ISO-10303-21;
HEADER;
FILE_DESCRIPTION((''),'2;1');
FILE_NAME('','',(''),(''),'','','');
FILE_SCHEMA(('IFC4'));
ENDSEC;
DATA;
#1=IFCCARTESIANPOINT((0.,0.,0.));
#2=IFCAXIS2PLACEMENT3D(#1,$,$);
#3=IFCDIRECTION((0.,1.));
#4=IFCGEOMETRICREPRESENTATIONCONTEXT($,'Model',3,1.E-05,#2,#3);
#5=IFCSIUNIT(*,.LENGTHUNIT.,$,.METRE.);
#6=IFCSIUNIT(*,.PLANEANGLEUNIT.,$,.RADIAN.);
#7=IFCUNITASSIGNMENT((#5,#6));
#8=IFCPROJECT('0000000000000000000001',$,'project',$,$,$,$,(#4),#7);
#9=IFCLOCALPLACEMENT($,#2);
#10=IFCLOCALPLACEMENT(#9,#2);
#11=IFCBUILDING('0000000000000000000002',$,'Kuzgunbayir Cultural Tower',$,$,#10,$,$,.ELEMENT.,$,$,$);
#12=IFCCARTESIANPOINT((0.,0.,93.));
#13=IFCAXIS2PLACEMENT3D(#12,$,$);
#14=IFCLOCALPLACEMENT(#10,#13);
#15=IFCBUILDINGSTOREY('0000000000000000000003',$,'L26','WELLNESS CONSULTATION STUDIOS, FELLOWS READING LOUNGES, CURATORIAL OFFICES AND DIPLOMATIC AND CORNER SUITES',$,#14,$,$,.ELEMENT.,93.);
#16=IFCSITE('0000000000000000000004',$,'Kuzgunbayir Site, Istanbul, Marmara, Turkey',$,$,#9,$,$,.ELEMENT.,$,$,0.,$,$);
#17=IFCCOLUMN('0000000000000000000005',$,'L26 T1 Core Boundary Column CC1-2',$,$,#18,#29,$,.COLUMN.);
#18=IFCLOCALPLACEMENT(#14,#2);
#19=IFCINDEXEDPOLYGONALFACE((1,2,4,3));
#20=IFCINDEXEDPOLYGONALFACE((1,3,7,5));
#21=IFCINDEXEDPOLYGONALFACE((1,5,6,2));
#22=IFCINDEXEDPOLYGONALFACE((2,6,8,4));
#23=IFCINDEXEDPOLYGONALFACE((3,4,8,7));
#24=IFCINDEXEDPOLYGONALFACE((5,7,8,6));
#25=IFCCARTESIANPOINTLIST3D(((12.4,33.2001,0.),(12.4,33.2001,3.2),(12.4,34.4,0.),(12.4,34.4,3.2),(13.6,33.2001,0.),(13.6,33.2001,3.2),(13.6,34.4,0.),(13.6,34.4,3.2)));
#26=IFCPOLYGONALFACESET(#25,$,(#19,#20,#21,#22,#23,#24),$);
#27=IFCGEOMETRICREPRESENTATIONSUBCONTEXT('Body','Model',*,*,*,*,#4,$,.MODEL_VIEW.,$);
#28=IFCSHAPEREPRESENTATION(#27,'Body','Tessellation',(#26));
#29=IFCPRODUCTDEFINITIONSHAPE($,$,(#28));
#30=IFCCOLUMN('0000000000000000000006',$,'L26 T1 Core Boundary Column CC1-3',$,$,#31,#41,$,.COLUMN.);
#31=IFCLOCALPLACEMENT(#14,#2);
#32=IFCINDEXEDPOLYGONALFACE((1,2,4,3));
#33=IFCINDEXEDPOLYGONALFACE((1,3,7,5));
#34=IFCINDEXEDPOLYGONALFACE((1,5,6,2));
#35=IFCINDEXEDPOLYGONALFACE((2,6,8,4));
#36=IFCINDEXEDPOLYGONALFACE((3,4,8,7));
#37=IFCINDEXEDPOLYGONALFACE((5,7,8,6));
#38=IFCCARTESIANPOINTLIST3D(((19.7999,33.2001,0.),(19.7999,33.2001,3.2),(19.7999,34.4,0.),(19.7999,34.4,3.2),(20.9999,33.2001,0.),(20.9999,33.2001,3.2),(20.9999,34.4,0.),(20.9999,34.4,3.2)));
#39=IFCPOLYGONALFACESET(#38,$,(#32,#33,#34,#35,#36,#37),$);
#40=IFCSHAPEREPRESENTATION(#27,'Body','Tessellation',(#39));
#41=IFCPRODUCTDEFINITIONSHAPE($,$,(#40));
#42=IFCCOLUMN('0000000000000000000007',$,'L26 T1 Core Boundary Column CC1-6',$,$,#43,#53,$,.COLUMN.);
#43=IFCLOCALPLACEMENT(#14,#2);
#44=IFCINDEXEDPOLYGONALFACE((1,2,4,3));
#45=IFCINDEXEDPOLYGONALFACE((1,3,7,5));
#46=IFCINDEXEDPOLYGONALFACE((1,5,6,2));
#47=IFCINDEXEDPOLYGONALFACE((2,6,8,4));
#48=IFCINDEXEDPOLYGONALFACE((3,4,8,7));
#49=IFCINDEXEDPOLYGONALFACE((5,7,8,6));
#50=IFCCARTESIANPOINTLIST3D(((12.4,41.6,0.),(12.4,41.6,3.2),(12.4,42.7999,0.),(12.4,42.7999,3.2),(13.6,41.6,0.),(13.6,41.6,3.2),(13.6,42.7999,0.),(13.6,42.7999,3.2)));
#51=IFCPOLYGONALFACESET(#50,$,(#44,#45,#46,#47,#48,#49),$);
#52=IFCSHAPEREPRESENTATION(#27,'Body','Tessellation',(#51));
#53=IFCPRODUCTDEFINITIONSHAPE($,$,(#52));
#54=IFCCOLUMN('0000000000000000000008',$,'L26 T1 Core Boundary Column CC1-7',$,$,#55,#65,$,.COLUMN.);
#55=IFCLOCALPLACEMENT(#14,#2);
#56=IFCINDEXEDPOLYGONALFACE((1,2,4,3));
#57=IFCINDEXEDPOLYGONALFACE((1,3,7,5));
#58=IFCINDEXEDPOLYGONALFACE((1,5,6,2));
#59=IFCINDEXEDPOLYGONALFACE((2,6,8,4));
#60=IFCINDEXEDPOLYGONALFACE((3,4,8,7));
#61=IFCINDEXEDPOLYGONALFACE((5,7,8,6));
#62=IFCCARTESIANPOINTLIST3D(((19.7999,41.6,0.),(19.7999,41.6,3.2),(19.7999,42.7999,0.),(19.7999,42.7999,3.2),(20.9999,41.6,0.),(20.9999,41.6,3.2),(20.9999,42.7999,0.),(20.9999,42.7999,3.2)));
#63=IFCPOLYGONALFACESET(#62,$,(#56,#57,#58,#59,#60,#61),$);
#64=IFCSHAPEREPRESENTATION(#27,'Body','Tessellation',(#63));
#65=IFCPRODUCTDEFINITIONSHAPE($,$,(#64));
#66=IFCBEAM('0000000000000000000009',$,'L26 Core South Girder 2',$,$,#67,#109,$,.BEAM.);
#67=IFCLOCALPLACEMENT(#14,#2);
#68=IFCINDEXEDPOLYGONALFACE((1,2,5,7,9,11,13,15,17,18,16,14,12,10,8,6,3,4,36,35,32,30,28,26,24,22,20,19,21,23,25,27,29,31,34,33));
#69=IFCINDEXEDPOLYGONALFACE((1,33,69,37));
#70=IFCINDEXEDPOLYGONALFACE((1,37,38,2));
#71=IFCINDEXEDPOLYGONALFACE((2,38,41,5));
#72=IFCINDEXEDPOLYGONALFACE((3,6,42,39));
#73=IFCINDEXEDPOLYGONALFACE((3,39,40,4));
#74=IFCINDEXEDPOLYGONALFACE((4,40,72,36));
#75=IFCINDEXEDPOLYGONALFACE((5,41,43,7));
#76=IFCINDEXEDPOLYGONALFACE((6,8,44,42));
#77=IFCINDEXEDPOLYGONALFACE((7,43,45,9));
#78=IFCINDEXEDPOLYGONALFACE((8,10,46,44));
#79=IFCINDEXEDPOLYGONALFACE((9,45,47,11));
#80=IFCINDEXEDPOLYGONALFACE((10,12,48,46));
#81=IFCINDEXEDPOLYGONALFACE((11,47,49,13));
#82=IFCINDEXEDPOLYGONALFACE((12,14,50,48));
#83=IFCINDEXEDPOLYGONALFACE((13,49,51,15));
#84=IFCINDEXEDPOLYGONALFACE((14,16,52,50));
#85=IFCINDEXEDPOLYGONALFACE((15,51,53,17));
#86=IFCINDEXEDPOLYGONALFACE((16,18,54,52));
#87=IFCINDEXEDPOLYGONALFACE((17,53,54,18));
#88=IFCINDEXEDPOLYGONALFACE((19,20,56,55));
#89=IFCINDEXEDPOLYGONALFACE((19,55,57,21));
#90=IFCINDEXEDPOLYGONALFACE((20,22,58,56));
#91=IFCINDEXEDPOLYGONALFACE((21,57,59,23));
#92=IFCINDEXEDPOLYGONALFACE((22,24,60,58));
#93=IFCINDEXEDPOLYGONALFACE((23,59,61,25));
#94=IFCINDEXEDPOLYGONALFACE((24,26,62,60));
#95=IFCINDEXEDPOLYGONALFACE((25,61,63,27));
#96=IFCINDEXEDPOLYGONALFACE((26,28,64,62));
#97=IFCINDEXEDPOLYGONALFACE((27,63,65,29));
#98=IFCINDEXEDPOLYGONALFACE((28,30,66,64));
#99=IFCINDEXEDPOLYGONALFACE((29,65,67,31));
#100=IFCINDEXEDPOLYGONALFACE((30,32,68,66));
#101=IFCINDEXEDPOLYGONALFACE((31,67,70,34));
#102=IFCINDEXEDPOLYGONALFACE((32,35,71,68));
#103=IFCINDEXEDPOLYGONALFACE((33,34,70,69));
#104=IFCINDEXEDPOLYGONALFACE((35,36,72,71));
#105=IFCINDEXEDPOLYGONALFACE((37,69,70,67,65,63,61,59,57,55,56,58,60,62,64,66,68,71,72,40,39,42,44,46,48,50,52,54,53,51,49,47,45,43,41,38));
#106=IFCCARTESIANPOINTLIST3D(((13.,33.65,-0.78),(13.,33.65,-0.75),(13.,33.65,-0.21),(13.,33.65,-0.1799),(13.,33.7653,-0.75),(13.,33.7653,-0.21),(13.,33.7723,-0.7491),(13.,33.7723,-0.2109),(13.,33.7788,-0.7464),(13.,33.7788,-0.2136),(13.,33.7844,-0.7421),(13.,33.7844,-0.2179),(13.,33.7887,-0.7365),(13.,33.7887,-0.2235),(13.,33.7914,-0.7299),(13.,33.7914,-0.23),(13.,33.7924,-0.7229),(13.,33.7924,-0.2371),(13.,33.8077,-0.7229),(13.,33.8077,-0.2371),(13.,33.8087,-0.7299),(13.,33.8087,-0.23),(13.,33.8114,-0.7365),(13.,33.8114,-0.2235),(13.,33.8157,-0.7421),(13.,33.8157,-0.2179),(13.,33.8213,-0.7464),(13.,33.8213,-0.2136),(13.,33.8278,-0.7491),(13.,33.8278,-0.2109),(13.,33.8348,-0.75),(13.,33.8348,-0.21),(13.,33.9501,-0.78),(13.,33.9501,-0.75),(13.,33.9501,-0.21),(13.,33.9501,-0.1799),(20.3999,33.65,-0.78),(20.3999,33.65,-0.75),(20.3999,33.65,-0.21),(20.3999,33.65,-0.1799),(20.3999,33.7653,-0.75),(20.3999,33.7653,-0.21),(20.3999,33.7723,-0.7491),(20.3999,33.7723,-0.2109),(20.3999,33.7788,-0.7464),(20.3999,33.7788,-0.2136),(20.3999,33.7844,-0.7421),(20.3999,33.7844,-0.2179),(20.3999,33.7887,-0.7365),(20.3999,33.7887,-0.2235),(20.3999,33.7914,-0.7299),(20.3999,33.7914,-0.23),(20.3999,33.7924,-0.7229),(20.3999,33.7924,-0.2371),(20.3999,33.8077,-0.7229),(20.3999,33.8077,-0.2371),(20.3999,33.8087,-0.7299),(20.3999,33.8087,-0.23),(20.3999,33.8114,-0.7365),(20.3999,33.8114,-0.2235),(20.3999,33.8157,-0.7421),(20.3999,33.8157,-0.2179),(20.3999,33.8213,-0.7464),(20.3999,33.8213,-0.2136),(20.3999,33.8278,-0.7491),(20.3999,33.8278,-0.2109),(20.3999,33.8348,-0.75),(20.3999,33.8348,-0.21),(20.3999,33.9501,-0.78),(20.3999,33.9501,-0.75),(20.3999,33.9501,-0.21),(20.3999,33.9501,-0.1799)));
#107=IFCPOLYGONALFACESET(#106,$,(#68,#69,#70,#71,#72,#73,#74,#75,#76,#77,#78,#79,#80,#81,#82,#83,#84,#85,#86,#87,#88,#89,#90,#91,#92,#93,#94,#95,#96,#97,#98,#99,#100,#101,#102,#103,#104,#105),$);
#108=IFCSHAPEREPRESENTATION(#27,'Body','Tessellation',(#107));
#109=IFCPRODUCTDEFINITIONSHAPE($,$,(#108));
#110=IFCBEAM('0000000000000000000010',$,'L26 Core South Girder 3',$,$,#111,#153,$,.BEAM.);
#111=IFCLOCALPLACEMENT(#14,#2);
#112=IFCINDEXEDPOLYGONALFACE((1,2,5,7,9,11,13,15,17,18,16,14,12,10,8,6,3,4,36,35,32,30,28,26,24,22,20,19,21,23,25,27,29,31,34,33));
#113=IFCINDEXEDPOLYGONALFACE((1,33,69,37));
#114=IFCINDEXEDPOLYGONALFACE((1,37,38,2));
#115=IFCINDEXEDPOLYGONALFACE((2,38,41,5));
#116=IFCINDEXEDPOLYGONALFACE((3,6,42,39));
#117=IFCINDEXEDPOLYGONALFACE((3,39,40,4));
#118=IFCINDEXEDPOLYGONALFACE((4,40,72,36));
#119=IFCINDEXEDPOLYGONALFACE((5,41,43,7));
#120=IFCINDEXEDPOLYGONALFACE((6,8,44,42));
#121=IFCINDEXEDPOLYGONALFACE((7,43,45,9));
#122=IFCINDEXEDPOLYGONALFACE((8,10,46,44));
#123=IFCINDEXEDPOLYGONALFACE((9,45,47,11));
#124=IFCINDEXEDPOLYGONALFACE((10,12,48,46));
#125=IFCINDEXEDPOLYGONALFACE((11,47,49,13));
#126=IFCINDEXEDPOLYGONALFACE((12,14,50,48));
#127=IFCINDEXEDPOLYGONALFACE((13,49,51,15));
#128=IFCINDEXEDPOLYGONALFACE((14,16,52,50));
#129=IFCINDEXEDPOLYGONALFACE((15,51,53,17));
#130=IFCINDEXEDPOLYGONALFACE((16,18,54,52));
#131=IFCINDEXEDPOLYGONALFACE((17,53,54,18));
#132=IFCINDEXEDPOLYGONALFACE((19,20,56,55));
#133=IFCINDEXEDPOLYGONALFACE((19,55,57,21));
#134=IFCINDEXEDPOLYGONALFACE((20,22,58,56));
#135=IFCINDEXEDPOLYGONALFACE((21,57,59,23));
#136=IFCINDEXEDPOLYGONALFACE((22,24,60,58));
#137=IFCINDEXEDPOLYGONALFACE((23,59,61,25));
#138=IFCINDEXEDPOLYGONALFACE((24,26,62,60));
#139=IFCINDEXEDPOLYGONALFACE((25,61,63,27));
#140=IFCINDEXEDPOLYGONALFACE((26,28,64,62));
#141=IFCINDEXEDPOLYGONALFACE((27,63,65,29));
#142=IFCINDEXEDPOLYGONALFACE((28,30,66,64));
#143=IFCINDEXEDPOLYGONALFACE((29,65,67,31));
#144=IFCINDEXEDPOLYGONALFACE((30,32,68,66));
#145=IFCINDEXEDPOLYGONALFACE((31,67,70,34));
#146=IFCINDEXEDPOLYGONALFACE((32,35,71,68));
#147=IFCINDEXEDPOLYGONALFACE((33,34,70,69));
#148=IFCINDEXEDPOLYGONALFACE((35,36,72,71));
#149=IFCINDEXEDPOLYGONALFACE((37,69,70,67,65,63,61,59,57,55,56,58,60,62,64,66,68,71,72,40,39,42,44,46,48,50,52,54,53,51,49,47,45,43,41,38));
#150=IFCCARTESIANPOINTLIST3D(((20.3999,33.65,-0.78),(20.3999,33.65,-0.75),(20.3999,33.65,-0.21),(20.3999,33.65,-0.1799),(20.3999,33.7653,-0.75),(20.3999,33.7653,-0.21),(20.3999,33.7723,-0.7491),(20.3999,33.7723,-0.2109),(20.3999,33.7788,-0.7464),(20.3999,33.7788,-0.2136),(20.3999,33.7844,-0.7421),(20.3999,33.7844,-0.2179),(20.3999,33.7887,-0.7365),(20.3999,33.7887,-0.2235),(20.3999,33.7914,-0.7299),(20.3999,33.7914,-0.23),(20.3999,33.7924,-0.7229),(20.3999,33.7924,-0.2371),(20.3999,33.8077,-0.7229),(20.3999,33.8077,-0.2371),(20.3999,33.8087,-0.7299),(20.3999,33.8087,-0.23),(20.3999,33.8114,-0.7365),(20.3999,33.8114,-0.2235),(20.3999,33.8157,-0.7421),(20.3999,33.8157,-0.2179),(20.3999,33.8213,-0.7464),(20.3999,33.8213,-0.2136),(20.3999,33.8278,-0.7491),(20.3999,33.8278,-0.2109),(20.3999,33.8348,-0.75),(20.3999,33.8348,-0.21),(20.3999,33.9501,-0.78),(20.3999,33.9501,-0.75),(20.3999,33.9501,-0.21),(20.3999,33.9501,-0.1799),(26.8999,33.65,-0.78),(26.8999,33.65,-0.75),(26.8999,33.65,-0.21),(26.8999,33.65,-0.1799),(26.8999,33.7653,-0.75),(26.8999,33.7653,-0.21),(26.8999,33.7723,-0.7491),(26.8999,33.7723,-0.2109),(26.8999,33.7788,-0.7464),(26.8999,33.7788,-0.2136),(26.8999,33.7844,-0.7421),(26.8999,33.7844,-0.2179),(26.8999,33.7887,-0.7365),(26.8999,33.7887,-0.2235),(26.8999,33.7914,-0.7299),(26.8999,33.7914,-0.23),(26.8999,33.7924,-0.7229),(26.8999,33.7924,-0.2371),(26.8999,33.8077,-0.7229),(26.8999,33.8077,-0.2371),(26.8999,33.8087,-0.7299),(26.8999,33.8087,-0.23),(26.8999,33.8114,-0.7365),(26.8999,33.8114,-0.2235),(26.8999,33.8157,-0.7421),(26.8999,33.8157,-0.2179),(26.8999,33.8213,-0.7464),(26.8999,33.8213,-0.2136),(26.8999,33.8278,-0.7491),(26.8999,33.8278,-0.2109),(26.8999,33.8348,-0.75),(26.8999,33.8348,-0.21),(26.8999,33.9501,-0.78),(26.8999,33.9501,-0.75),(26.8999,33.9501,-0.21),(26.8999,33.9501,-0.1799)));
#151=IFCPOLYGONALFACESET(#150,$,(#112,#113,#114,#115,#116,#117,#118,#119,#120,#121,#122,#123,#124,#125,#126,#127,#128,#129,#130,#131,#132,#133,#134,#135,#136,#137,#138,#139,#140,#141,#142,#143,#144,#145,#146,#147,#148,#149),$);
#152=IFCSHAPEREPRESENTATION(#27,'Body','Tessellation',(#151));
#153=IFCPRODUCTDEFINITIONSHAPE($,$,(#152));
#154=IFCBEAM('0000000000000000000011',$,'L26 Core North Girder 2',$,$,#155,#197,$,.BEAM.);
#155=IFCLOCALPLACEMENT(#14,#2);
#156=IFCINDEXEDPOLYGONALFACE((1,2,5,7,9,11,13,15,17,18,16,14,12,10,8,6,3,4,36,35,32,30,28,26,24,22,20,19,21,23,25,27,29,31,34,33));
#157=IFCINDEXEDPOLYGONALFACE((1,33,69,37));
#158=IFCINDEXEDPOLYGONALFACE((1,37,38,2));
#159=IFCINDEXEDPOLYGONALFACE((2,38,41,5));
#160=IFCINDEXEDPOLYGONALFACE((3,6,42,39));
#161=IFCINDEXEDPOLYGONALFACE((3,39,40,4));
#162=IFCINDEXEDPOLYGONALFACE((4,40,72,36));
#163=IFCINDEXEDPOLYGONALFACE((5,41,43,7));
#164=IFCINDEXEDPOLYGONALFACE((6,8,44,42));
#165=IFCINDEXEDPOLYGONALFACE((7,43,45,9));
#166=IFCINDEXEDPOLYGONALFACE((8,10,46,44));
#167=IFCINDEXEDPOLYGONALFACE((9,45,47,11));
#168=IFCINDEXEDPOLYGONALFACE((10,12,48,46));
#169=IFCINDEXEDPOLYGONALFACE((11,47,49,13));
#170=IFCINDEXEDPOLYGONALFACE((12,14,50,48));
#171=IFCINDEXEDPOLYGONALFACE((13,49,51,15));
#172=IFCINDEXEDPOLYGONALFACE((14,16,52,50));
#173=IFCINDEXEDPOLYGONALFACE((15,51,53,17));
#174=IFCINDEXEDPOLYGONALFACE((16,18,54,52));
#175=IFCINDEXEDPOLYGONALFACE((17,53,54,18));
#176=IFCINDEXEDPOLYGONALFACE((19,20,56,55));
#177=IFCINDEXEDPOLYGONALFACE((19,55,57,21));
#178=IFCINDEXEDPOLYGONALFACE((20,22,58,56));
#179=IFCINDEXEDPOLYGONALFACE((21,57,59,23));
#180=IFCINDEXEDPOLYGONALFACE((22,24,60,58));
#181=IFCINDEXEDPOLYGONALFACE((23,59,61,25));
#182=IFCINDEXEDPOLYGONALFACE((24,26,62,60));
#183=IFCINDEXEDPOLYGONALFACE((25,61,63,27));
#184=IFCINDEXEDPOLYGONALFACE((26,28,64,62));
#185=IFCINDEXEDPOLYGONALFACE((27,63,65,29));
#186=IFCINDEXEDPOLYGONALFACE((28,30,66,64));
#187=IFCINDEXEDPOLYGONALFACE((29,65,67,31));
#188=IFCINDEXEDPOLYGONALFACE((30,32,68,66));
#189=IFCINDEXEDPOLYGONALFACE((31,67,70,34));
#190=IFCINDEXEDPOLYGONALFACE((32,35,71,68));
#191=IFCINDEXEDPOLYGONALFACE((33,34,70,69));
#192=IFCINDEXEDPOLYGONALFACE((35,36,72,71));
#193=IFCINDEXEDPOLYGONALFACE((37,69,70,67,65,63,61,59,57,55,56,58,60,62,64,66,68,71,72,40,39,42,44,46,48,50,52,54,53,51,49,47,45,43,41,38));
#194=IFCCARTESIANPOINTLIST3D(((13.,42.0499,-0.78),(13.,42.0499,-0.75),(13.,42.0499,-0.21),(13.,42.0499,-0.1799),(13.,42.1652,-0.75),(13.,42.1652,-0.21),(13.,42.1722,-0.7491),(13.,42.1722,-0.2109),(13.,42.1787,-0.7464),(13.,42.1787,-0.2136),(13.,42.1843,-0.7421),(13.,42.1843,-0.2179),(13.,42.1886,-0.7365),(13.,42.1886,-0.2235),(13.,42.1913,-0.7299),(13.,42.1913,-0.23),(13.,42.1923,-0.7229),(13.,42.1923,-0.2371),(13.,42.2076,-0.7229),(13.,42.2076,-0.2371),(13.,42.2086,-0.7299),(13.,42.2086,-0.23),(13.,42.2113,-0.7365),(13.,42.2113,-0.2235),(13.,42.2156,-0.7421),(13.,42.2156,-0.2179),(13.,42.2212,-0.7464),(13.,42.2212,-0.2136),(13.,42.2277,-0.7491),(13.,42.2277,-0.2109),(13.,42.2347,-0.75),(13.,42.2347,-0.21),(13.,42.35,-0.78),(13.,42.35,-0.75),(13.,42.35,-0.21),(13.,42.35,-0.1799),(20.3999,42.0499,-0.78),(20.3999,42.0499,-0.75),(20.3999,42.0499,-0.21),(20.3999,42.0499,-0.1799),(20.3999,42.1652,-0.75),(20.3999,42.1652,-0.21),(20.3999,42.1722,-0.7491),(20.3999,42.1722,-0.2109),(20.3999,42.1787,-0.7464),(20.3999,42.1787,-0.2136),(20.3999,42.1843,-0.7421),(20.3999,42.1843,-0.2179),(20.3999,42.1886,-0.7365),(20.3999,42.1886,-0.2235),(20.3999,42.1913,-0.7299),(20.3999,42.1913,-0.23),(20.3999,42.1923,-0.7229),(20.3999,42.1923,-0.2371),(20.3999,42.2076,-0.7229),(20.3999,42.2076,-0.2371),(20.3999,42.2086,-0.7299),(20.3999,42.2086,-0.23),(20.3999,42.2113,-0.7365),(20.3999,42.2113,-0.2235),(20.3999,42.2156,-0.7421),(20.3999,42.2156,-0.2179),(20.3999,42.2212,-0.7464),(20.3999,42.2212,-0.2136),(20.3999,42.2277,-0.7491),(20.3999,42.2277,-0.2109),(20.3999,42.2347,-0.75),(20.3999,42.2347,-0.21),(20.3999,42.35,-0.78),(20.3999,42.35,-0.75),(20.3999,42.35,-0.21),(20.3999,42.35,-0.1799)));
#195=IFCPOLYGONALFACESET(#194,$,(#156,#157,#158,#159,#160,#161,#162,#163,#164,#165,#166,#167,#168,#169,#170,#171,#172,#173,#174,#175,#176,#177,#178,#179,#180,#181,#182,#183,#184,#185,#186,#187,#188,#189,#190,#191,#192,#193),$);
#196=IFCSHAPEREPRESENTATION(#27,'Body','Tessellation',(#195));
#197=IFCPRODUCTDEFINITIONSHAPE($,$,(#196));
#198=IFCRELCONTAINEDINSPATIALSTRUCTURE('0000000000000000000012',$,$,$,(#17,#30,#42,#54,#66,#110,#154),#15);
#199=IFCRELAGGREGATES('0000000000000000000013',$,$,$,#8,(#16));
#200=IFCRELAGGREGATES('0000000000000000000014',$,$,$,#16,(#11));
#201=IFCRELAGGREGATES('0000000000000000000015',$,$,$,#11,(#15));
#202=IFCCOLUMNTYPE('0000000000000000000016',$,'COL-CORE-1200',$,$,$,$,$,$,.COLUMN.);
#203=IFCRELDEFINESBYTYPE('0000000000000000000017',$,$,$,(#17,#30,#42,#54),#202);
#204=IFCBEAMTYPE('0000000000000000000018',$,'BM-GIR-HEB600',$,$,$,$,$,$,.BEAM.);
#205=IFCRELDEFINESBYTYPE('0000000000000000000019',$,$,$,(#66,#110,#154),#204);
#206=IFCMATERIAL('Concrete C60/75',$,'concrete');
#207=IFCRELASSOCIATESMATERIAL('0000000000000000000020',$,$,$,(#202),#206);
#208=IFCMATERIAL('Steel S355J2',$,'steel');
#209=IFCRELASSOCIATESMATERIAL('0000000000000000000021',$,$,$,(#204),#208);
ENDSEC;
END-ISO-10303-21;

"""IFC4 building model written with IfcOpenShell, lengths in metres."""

from ifc_helpers import new_model, si_unit, direction, frame, origin, origin_2d, place, context, subcontext, project, spatial, rectangle, i_section, extrude, material, material_profile, profile_set, type_object, element, save


model = new_model("IFC4")

# Units and contexts
model_context = context("Model", 3, precision=1e-05, world=origin(), true_north=direction((0.0, 1.0)))
body_context = subcontext(model_context, "Body", "Model", "MODEL_VIEW")
ifc_project = project(units=[si_unit("LENGTHUNIT", "METRE"), si_unit("PLANEANGLEUNIT", "RADIAN")], contexts=[model_context])

# Site, building, storey
site_placement = place(None, origin())
site = spatial("IfcSite", under=ifc_project, at=site_placement, Name="Kuzgunbayir Site, Istanbul, Marmara, Turkey", CompositionType="ELEMENT", RefElevation=0.0)
building_placement = place(site_placement, origin())
building = spatial("IfcBuilding", under=site, at=building_placement, Name="Kuzgunbayir Cultural Tower", CompositionType="ELEMENT")
storey_placement = place(building_placement, frame((0.0, 0.0, 93.0)))
storey = spatial("IfcBuildingStorey", under=building, at=storey_placement, Name="L26", Description="WELLNESS CONSULTATION STUDIOS, FELLOWS READING LOUNGES, CURATORIAL OFFICES AND DIPLOMATIC AND CORNER SUITES", CompositionType="ELEMENT", Elevation=93.0)

# Columns
ifc_material_1 = material(Name="Concrete C60/75", Category="concrete")
ifc_material_profile_1 = material_profile(ifc_material_1, rectangle(XDim=1.2, YDim=1.2, at=origin_2d()), Name="RC 1200x1200")
ifc_profile_set_1 = profile_set([ifc_material_profile_1], Name="Concrete C60/75")
column_type = type_object("IfcColumnType", Name="COL-CORE-1200", PredefinedType="COLUMN", material=ifc_profile_set_1)
for number, where, z_axis, x_axis, name in (
    (1, (13.0, 33.8, 0.0), (0.0, 0.0, 1.0), (1.0, 0.0, 0.0), "L26 T1 Core Boundary Column CC1-2"),
    (2, (20.3999, 33.8, 0.0), (0.0, 0.0, 1.0), (1.0, 0.0, 0.0), "L26 T1 Core Boundary Column CC1-3"),
    (3, (13.0, 42.2, 0.0), (0.0, 0.0, 1.0), (1.0, 0.0, 0.0), "L26 T1 Core Boundary Column CC1-6"),
    (4, (20.3999, 42.2, 0.0), (0.0, 0.0, 1.0), (1.0, 0.0, 0.0), "L26 T1 Core Boundary Column CC1-7"),
):
    element("IfcColumn", number, at=place(storey_placement, frame(where, z_axis=z_axis, x_axis=x_axis)), inside=storey, type_object=column_type, Name=name, PredefinedType="COLUMN", context=body_context, shape_type="SweptSolid", body=[
        extrude(rectangle(XDim=1.2, YDim=1.2, at=origin_2d()), origin(), (0.0, 0.0, 1.0), 3.2),
    ])

# Beams
ifc_material_2 = material(Name="Steel S355J2", Category="steel")
ifc_material_profile_2 = material_profile(ifc_material_2, i_section(OverallWidth=0.3, OverallDepth=0.6001, WebThickness=0.0154, FlangeThickness=0.03, FilletRadius=0.0271, at=origin_2d()), Name="HEB 600")
ifc_profile_set_2 = profile_set([ifc_material_profile_2], Name="Steel S355J2")
beam_type = type_object("IfcBeamType", Name="BM-GIR-HEB600", PredefinedType="BEAM", material=ifc_profile_set_2)
beam_1_placement = place(storey_placement, frame((13.0, 33.8, -0.48), z_axis=(1.0, 0.0, 0.0), x_axis=(0.0, 1.0, 0.0)))
element("IfcBeam", 5, at=beam_1_placement, inside=storey, type_object=beam_type, Name="L26 Core South Girder 2", PredefinedType="BEAM", context=body_context, shape_type="SweptSolid", body=[
    extrude(i_section(OverallWidth=0.3, OverallDepth=0.6001, WebThickness=0.0154, FlangeThickness=0.03, FilletRadius=0.0271, at=origin_2d()), origin(), (0.0, 0.0, 1.0), 7.3999),
])
beam_2_placement = place(storey_placement, frame((20.3999, 33.8, -0.48), z_axis=(1.0, 0.0, 0.0), x_axis=(0.0, 1.0, 0.0)))
element("IfcBeam", 6, at=beam_2_placement, inside=storey, type_object=beam_type, Name="L26 Core South Girder 3", PredefinedType="BEAM", context=body_context, shape_type="SweptSolid", body=[
    extrude(i_section(OverallWidth=0.3, OverallDepth=0.6001, WebThickness=0.0154, FlangeThickness=0.03, FilletRadius=0.0271, at=origin_2d()), origin(), (0.0, 0.0, 1.0), 6.5),
])
beam_3_placement = place(storey_placement, frame((13.0, 42.2, -0.48), z_axis=(1.0, 0.0, 0.0), x_axis=(0.0, 1.0, 0.0)))
element("IfcBeam", 7, at=beam_3_placement, inside=storey, type_object=beam_type, Name="L26 Core North Girder 2", PredefinedType="BEAM", context=body_context, shape_type="SweptSolid", body=[
    extrude(i_section(OverallWidth=0.3, OverallDepth=0.6001, WebThickness=0.0154, FlangeThickness=0.03, FilletRadius=0.0271, at=origin_2d()), origin(), (0.0, 0.0, 1.0), 7.3999),
])

save(model, "model.ifc")
